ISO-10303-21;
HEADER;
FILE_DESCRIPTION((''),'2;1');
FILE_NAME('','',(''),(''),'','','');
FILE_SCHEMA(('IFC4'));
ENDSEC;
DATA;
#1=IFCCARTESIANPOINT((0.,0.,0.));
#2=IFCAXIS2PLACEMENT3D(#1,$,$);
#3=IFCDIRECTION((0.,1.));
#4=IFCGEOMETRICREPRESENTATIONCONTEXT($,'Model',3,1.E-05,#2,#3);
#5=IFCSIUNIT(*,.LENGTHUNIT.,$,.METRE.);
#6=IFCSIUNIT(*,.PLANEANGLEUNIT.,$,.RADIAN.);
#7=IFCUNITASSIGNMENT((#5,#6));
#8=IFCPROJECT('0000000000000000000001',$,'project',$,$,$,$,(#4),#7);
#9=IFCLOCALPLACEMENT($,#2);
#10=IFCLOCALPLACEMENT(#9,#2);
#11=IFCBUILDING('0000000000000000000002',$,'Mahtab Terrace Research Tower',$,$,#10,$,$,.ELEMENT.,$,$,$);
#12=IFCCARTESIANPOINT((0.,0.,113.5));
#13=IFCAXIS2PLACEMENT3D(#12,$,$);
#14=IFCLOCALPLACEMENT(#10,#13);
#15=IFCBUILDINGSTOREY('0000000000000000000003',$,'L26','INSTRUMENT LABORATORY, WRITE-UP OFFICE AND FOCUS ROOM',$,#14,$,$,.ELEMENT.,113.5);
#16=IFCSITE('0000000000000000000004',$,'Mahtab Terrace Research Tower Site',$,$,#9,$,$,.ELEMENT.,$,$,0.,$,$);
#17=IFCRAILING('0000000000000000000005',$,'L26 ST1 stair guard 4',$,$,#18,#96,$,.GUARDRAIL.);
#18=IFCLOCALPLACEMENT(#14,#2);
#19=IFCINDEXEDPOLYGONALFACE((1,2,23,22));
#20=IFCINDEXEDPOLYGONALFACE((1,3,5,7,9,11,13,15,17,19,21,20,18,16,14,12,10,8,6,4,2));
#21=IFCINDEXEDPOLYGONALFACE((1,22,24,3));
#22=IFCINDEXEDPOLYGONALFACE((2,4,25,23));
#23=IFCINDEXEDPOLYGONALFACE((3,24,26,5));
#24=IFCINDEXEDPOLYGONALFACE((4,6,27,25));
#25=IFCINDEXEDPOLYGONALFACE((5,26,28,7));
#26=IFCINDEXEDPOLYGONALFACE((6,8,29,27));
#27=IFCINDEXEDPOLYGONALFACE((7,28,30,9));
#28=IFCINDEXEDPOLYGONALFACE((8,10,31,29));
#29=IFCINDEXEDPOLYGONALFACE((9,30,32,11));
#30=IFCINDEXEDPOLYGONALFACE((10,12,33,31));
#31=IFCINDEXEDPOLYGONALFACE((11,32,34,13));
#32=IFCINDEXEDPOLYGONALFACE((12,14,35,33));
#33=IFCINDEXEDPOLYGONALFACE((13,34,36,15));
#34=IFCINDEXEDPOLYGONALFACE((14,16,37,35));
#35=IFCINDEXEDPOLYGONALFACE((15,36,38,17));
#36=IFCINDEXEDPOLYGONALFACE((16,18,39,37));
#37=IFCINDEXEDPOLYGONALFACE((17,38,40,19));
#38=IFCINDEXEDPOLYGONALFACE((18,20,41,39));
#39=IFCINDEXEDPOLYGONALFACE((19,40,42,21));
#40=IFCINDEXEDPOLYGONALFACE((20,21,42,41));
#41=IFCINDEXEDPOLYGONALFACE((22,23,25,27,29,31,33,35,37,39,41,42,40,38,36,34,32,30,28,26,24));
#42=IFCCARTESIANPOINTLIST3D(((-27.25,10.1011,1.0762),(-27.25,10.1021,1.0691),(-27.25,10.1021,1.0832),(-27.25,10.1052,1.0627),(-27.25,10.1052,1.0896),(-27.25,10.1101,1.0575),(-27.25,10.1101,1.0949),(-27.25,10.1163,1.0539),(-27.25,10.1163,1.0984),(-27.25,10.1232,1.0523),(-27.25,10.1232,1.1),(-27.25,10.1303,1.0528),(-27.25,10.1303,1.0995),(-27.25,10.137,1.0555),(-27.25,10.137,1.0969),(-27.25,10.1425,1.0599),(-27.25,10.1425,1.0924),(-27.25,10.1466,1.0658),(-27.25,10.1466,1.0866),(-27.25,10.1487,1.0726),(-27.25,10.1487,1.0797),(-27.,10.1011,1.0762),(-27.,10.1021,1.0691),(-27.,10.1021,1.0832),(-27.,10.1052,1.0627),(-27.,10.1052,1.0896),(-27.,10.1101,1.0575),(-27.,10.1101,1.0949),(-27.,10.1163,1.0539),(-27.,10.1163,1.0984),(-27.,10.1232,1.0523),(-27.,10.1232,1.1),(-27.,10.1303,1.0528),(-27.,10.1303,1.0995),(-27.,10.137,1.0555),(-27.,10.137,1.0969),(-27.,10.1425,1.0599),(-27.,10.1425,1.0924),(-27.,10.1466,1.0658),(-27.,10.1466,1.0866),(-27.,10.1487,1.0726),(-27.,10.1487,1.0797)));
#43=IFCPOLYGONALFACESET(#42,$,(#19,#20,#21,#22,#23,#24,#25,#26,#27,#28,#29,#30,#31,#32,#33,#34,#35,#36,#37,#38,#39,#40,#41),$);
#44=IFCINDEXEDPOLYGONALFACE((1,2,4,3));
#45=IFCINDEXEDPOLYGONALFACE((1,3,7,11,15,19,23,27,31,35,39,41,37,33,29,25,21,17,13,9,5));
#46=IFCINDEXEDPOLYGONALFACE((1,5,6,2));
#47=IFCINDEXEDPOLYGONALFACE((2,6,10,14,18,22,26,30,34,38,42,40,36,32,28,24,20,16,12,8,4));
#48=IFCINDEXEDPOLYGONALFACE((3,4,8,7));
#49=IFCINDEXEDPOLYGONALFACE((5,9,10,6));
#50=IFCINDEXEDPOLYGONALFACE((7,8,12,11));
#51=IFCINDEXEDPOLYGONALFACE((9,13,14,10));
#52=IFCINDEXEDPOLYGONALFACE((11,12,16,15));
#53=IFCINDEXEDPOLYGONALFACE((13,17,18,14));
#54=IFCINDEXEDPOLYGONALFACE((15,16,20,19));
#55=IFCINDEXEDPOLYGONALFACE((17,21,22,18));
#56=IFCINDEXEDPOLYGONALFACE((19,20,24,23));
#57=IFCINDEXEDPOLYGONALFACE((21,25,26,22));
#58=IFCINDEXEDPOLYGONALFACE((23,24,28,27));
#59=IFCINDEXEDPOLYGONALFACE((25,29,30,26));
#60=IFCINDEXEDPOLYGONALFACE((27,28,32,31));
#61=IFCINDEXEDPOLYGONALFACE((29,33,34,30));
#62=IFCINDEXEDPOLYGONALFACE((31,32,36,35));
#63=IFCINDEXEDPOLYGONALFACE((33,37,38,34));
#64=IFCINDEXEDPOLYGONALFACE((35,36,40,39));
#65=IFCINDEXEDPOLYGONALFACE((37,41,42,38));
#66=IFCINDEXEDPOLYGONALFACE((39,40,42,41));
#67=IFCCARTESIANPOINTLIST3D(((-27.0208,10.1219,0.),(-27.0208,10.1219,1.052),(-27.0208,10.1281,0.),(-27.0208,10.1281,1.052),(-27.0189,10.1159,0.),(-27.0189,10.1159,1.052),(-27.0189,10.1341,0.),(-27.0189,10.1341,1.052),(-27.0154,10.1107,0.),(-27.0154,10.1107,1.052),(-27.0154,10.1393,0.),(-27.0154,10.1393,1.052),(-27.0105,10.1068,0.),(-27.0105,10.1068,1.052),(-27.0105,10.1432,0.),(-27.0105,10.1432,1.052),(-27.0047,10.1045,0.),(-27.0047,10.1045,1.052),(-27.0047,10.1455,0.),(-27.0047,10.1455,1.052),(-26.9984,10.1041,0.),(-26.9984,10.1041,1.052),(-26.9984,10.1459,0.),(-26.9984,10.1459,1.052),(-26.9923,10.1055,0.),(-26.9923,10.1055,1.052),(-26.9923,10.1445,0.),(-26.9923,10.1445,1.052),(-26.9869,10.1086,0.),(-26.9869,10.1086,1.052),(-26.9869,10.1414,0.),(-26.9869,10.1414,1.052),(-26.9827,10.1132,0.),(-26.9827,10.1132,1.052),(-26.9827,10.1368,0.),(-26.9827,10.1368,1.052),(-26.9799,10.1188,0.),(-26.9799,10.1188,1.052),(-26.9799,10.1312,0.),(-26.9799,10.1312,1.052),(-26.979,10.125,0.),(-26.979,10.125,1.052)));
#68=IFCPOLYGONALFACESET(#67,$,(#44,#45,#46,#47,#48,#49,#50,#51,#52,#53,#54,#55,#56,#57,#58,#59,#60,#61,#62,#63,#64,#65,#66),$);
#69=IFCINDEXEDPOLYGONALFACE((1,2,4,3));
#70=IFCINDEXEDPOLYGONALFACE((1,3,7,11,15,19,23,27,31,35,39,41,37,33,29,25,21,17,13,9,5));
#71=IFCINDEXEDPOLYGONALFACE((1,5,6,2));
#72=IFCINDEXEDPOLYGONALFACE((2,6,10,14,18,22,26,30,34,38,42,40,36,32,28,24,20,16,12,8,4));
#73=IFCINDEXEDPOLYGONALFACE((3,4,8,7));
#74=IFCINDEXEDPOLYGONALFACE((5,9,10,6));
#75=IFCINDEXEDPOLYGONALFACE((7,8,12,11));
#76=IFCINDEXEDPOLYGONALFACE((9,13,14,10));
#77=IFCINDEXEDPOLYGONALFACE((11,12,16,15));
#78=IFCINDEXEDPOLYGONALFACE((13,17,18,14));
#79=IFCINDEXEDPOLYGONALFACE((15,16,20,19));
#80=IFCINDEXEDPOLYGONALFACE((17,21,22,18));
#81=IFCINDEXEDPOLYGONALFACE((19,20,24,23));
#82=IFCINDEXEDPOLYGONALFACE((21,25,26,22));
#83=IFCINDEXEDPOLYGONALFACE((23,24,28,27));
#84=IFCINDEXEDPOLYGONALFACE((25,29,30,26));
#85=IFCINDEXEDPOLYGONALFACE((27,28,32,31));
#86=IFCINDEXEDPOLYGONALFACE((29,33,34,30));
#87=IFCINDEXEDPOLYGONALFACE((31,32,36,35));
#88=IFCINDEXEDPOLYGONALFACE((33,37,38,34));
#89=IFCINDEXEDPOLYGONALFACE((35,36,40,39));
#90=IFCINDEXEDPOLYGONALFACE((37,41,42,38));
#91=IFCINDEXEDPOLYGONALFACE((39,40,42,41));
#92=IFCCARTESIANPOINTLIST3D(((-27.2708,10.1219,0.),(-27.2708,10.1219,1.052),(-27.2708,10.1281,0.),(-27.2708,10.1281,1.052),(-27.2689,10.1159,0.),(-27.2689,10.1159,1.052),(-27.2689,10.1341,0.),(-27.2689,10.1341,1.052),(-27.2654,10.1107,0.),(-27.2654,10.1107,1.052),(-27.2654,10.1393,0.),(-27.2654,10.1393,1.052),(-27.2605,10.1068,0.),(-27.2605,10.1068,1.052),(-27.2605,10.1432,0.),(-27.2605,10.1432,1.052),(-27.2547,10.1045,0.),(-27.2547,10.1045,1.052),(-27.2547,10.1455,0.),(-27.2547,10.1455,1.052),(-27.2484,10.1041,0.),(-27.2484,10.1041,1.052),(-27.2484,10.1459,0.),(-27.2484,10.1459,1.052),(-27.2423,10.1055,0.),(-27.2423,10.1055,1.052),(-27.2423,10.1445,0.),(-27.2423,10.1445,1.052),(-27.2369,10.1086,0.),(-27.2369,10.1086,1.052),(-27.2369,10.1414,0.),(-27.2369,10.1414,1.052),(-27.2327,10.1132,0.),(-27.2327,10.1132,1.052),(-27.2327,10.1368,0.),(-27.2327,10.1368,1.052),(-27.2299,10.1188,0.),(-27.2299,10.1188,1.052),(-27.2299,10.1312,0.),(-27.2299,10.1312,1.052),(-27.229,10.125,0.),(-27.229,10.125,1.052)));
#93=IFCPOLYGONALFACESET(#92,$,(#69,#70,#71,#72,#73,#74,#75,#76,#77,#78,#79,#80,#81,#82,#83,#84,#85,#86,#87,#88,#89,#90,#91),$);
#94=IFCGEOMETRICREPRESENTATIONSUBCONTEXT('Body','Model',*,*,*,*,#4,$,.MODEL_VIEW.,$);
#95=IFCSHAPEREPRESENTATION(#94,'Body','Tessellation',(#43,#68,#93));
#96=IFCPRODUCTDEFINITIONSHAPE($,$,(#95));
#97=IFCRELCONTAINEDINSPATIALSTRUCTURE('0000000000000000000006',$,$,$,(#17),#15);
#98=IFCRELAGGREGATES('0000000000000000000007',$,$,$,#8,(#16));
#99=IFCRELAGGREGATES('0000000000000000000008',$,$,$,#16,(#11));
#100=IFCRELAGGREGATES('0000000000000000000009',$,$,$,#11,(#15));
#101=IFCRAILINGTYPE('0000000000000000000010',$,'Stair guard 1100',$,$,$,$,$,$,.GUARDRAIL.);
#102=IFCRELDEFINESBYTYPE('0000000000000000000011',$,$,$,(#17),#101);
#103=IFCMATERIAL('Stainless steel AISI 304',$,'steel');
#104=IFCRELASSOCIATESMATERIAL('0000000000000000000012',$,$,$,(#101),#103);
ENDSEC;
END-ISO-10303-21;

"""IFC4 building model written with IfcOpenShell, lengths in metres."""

from ifc_helpers import new_model, si_unit, direction, frame, origin, origin_2d, place, context, subcontext, project, spatial, circle, extrude, material, type_object, element, save


model = new_model("IFC4")

# Units and contexts
model_context = context("Model", 3, precision=1e-05, world=origin(), true_north=direction((0.0, 1.0)))
body_context = subcontext(model_context, "Body", "Model", "MODEL_VIEW")
ifc_project = project(units=[si_unit("LENGTHUNIT", "METRE"), si_unit("PLANEANGLEUNIT", "RADIAN")], contexts=[model_context])

# Site, building, storey
site_placement = place(None, origin())
site = spatial("IfcSite", under=ifc_project, at=site_placement, Name="Mahtab Terrace Research Tower Site", CompositionType="ELEMENT", RefElevation=0.0)
building_placement = place(site_placement, origin())
building = spatial("IfcBuilding", under=site, at=building_placement, Name="Mahtab Terrace Research Tower", CompositionType="ELEMENT")
storey_placement = place(building_placement, frame((0.0, 0.0, 113.5)))
storey = spatial("IfcBuildingStorey", under=building, at=storey_placement, Name="L26", Description="INSTRUMENT LABORATORY, WRITE-UP OFFICE AND FOCUS ROOM", CompositionType="ELEMENT", Elevation=113.5)

# Railing
ifc_material_1 = material(Name="Stainless steel AISI 304", Category="steel")
railing_type_1 = type_object("IfcRailingType", Name="Stair guard 1100", PredefinedType="GUARDRAIL", material=ifc_material_1)
railing_1_placement = place(storey_placement, frame((-27.0, 10.125, 0.0)))
element("IfcRailing", 1, at=railing_1_placement, inside=storey, type_object=railing_type_1, Name="L26 ST1 stair guard 4", PredefinedType="GUARDRAIL", context=body_context, shape_type="SweptSolid", body=[
    extrude(circle(Radius=0.0239, at=origin_2d()), frame((0.0, 0.0, 1.0762), z_axis=(-1.0, 0.0, 0.0), x_axis=(0.0, -1.0, 0.0)), (0.0, 0.0, 1.0), 0.25),
    extrude(circle(Radius=0.021, at=origin_2d()), origin(), (0.0, 0.0, 1.0), 1.052),
    extrude(circle(Radius=0.021, at=origin_2d()), frame((-0.25, 0.0, 0.0)), (0.0, 0.0, 1.0), 1.052),
])

save(model, "model.ifc")
